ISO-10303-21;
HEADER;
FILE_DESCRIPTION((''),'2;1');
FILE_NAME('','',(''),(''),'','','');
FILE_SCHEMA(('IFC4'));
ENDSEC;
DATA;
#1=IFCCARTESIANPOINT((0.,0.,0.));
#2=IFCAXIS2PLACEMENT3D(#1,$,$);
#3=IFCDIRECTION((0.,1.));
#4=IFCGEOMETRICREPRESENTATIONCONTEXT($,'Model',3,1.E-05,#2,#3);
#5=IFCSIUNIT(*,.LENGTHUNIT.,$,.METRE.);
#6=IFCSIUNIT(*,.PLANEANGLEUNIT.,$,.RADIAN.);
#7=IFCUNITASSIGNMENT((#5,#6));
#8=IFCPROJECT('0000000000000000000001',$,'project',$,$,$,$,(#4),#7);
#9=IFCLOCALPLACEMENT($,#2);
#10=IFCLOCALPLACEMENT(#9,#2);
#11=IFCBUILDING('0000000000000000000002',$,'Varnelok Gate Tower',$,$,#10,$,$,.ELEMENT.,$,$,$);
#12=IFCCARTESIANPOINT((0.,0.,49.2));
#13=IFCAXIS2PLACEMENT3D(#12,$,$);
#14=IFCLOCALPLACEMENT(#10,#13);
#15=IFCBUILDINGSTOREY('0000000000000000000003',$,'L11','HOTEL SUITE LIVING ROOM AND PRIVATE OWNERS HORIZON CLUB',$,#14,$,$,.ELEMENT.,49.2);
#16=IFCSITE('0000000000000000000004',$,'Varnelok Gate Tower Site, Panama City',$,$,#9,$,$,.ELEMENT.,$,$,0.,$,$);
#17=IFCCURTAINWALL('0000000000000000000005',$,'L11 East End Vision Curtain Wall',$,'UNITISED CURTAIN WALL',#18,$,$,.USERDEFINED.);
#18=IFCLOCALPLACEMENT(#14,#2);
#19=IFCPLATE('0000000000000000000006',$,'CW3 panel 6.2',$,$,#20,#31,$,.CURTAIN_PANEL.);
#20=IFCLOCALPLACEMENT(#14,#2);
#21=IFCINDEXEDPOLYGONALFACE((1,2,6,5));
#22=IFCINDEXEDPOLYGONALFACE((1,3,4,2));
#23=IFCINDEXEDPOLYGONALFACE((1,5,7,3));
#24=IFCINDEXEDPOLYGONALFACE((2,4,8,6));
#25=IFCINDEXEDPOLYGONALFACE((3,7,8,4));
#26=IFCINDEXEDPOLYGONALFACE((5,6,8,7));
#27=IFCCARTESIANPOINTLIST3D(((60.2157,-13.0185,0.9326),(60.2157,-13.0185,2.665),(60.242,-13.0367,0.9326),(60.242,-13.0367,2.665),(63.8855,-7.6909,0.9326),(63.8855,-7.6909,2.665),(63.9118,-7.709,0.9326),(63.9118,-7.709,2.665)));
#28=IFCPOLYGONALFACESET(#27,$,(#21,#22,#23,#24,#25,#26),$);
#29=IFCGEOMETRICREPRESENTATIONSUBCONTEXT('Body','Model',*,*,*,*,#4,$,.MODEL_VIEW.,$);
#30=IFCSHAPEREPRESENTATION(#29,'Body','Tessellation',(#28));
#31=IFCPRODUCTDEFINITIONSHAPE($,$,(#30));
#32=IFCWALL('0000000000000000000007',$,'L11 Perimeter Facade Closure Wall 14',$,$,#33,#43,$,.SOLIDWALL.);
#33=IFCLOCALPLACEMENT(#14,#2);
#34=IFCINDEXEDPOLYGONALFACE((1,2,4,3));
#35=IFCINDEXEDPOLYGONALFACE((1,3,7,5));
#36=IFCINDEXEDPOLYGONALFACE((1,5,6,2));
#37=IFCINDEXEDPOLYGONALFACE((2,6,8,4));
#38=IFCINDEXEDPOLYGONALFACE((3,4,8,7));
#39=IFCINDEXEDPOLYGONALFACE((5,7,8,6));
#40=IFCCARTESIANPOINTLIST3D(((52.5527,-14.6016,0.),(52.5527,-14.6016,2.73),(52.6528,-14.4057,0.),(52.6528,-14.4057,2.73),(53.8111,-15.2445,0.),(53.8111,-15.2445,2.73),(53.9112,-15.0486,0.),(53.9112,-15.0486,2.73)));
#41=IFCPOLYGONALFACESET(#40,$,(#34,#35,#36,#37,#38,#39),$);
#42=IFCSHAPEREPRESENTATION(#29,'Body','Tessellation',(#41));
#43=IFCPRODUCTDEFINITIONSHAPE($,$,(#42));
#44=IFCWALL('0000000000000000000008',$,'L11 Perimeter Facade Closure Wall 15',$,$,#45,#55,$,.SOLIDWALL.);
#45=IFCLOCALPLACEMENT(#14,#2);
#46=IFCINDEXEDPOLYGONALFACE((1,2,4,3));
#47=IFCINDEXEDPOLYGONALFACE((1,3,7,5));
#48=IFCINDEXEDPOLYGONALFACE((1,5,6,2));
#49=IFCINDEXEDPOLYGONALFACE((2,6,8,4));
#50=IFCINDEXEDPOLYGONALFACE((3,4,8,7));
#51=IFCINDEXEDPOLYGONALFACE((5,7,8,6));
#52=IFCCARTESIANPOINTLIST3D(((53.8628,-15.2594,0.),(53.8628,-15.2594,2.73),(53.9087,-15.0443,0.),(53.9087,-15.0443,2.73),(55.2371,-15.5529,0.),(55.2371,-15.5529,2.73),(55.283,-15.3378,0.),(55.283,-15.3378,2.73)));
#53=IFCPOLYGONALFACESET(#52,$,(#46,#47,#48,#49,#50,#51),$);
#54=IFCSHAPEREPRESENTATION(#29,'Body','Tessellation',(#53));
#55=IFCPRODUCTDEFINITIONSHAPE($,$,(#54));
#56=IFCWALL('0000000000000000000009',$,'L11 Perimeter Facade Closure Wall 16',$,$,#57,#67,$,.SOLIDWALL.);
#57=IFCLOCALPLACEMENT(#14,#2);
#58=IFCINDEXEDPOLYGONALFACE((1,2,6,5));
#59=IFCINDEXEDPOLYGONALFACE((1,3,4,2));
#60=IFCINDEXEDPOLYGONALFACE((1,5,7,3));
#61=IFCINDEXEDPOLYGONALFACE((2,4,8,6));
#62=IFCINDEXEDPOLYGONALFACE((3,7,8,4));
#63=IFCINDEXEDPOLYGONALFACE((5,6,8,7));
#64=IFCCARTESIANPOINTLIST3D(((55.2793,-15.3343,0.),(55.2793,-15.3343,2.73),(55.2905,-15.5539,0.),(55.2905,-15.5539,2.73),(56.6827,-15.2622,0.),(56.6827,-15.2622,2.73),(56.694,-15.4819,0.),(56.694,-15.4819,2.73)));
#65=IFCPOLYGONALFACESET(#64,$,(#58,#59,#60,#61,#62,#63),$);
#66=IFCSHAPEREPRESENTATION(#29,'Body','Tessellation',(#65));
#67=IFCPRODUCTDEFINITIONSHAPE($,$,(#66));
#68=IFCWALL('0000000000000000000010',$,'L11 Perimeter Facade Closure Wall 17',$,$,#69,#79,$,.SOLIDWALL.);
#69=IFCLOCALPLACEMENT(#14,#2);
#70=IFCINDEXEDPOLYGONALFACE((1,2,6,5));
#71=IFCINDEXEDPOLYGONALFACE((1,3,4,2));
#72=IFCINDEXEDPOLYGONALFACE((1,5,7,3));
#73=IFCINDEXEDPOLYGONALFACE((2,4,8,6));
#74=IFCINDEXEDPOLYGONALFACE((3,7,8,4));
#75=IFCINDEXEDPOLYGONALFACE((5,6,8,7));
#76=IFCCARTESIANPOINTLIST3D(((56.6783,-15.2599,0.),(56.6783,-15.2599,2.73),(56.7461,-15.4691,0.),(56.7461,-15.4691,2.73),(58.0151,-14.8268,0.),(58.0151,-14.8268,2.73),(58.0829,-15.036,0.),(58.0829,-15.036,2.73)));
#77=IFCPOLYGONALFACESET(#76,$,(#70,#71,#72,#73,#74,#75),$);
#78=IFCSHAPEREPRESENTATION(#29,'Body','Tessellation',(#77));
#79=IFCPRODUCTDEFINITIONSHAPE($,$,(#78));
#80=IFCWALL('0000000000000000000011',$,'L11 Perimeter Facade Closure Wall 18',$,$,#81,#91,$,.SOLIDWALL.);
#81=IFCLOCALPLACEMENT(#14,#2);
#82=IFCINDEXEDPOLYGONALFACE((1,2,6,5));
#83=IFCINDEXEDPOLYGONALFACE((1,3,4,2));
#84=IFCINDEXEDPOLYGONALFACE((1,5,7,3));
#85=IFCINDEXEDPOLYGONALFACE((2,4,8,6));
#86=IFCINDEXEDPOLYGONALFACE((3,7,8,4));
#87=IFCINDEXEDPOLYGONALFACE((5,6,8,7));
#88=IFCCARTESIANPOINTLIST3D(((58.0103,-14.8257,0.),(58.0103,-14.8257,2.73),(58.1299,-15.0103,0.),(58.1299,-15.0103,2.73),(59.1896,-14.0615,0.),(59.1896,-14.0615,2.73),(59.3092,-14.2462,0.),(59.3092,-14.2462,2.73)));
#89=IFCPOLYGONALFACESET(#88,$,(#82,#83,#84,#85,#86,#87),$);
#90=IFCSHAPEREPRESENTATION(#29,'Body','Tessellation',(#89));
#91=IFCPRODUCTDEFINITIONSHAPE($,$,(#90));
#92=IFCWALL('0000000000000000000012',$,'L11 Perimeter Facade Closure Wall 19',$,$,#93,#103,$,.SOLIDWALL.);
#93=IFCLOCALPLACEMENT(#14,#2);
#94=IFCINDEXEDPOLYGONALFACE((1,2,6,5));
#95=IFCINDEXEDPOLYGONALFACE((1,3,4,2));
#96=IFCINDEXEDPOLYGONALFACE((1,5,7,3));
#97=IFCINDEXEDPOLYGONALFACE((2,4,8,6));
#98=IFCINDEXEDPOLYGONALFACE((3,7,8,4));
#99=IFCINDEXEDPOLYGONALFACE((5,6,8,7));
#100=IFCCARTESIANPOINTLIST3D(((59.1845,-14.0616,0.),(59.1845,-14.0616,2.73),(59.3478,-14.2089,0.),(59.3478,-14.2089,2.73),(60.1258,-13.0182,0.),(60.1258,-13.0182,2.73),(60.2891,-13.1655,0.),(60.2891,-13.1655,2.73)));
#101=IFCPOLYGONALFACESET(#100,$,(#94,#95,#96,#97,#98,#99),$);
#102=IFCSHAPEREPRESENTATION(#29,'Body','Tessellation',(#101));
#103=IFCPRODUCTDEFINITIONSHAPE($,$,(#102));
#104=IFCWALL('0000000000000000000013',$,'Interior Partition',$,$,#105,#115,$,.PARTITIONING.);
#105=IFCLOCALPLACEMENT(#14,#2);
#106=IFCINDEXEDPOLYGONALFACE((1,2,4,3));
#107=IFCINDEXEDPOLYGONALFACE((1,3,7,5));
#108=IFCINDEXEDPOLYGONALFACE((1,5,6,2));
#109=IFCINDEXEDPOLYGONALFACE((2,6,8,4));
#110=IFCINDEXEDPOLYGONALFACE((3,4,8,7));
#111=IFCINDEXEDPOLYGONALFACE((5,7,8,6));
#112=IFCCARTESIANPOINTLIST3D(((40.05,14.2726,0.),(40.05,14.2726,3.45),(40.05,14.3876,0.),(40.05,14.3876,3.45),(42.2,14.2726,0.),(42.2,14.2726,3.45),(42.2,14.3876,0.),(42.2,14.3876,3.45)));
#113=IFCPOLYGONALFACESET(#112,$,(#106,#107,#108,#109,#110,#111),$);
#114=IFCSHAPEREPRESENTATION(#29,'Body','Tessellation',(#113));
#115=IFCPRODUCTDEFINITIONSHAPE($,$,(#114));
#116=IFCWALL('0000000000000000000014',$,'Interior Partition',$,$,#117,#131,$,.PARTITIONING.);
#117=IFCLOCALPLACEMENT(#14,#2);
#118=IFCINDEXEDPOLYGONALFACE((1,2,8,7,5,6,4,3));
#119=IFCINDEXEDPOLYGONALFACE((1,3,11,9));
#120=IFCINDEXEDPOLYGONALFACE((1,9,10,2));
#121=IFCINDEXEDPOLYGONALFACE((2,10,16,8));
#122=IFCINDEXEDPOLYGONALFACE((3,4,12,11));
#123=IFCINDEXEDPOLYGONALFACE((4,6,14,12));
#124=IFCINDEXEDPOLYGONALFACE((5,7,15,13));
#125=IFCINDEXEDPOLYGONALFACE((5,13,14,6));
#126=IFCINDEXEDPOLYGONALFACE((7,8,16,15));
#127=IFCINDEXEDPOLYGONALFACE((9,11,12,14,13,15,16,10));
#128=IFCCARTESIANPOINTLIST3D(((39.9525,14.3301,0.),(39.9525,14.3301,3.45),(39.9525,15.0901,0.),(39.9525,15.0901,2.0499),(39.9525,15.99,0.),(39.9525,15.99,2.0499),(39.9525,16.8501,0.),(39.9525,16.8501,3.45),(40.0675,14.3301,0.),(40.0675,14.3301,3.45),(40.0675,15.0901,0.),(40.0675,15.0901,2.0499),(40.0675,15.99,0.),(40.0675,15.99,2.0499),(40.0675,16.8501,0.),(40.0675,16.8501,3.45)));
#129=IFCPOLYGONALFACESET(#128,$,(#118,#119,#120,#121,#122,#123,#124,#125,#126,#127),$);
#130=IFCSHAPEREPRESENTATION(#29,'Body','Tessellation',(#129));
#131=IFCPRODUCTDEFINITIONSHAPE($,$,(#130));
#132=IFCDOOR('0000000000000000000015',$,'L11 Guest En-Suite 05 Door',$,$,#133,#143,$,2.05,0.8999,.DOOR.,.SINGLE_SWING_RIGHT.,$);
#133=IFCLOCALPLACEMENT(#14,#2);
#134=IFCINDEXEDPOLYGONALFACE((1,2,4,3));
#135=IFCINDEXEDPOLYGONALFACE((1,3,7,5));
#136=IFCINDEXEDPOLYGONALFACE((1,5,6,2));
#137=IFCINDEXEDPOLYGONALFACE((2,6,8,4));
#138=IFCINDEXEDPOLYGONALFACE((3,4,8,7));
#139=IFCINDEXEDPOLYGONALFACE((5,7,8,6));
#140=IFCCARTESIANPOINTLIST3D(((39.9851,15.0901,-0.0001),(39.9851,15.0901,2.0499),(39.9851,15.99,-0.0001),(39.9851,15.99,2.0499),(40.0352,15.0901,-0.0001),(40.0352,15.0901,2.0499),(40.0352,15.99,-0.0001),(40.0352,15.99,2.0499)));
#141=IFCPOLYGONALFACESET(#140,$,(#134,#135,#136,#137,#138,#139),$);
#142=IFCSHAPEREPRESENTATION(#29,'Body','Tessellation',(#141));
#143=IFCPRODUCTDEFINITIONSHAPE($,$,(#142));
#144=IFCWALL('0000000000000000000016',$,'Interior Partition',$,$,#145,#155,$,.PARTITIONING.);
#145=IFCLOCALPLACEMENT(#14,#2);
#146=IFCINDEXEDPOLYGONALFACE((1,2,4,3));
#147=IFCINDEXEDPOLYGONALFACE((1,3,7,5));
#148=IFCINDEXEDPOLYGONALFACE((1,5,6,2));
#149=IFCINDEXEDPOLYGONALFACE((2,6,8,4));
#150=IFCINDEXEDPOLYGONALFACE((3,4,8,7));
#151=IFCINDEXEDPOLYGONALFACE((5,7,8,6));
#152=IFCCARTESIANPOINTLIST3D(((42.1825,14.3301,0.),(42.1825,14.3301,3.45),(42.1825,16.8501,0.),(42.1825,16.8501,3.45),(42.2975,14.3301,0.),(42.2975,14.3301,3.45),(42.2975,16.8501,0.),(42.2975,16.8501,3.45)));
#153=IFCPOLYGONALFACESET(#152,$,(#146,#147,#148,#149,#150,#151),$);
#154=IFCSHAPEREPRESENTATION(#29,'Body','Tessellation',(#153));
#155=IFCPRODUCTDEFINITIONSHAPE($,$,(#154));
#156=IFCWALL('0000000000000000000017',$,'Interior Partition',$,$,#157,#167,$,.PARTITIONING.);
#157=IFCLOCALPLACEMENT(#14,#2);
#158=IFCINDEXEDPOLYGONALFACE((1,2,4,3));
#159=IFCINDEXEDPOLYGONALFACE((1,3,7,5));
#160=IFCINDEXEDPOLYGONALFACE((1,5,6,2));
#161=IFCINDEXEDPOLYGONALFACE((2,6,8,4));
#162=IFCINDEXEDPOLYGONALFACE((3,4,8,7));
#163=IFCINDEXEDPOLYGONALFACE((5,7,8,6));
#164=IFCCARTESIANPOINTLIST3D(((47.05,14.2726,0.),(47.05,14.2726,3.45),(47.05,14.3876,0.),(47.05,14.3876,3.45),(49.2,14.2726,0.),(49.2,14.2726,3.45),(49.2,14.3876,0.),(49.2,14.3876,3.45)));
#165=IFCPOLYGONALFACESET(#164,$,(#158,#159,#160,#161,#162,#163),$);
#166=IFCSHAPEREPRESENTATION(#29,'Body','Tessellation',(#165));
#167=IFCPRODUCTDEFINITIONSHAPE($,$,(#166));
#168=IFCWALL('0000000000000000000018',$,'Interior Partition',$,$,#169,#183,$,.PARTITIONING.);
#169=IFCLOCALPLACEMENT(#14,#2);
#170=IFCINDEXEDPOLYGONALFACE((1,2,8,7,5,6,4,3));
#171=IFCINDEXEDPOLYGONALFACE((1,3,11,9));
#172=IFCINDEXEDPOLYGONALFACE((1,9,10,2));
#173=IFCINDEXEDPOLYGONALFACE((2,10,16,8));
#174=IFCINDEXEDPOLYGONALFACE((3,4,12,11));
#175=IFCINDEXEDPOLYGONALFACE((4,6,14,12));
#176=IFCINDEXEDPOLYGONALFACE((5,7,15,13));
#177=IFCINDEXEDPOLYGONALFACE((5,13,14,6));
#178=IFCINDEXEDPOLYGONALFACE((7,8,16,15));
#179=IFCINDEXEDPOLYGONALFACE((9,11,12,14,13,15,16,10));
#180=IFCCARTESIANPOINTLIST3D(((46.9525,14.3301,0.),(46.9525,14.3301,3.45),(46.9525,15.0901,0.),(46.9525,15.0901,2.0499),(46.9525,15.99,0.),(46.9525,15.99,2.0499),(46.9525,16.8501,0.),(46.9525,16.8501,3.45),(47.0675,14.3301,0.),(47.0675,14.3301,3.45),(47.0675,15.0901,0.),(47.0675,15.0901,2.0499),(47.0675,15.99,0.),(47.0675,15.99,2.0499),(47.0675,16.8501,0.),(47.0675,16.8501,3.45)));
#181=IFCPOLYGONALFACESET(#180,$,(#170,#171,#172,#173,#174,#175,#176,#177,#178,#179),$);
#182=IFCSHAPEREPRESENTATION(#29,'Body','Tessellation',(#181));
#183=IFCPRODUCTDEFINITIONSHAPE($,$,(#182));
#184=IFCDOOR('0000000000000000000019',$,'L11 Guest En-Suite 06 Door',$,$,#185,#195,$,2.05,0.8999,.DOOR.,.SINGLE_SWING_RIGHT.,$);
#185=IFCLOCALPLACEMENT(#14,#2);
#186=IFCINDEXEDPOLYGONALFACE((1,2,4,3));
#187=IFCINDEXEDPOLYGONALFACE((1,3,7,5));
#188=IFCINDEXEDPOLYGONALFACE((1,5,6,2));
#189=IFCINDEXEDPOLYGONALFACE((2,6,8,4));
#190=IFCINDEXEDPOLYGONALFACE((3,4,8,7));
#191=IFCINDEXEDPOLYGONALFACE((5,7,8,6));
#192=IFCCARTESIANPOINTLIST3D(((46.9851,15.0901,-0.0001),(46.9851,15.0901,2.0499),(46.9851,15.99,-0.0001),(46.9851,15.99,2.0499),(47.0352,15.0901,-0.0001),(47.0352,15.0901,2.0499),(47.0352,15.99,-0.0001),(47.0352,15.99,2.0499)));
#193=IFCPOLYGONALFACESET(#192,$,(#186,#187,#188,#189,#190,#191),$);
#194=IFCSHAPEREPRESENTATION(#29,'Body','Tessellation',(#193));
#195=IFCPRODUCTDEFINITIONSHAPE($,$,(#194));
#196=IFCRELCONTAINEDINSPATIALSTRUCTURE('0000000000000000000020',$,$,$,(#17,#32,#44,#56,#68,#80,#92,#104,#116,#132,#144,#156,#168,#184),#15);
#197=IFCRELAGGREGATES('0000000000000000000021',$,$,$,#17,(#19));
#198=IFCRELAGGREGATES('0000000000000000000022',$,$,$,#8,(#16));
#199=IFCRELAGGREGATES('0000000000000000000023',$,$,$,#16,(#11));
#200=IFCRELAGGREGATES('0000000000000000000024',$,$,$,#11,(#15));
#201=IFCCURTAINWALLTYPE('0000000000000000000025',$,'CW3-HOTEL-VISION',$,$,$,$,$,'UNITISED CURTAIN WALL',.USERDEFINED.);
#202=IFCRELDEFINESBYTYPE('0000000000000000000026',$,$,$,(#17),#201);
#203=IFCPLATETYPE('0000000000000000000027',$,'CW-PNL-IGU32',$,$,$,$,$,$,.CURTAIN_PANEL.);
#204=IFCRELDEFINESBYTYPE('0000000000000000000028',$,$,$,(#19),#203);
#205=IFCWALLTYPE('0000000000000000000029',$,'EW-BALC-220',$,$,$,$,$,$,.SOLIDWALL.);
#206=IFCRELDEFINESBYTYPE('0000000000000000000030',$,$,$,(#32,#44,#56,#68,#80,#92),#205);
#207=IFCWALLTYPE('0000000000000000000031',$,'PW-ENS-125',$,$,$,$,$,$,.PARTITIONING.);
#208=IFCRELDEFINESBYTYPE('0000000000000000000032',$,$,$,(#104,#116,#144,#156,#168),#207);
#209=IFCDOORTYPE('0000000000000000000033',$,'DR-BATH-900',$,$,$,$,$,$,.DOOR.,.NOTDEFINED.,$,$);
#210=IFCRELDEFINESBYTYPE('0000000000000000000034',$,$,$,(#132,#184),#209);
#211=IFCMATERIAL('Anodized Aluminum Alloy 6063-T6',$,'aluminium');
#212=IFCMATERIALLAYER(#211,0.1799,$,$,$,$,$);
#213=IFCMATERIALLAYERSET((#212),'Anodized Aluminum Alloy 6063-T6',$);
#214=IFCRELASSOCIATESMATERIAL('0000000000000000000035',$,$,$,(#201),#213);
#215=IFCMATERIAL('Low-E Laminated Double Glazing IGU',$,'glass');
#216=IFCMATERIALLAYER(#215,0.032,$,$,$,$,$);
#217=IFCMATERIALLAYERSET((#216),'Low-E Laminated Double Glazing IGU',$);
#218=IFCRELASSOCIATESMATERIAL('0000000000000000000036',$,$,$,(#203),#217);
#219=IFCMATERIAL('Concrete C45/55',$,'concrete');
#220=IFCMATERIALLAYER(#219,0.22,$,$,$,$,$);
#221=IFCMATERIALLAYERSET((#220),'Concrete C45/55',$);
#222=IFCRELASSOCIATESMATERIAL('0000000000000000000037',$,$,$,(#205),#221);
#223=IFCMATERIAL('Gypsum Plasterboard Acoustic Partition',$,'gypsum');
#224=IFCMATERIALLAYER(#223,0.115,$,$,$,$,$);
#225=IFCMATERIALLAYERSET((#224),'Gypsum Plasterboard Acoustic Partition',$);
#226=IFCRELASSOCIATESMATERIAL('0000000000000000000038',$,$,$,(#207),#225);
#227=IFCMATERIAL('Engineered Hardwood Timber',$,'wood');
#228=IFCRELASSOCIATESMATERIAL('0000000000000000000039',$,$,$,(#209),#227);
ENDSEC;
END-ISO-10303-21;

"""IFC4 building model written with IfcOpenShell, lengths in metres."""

from ifc_helpers import new_model, si_unit, direction, frame, frame_2d, origin, origin_2d, place, context, subcontext, project, spatial, rectangle, extrude, source, transform, mapped, material, layer, layer_set, type_object, element, fill, aggregate, save


model = new_model("IFC4")

# Units and contexts
model_context = context("Model", 3, precision=1e-05, world=origin(), true_north=direction((0.0, 1.0)))
body_context = subcontext(model_context, "Body", "Model", "MODEL_VIEW")
ifc_project = project(units=[si_unit("LENGTHUNIT", "METRE"), si_unit("PLANEANGLEUNIT", "RADIAN")], contexts=[model_context])

# Site, building, storey
site_placement = place(None, origin())
site = spatial("IfcSite", under=ifc_project, at=site_placement, Name="Varnelok Gate Tower Site, Panama City", CompositionType="ELEMENT", RefElevation=0.0)
building_placement = place(site_placement, origin())
building = spatial("IfcBuilding", under=site, at=building_placement, Name="Varnelok Gate Tower", CompositionType="ELEMENT")
storey_placement = place(building_placement, frame((0.0, 0.0, 49.2)))
storey = spatial("IfcBuildingStorey", under=building, at=storey_placement, Name="L11", Description="HOTEL SUITE LIVING ROOM AND PRIVATE OWNERS HORIZON CLUB", CompositionType="ELEMENT", Elevation=49.2)

# Curtain wall, plate
ifc_material_1 = material(Name="Anodized Aluminum Alloy 6063-T6", Category="aluminium")
ifc_layer_1 = layer(ifc_material_1, 0.1799)
ifc_layer_set_1 = layer_set([ifc_layer_1], Name="Anodized Aluminum Alloy 6063-T6")
curtain_wall_type = type_object("IfcCurtainWallType", Name="CW3-HOTEL-VISION", ElementType="UNITISED CURTAIN WALL", PredefinedType="USERDEFINED", material=ifc_layer_set_1)
curtain_wall_placement = place(storey_placement, origin())
curtain_wall = element("IfcCurtainWall", 1, at=curtain_wall_placement, inside=storey, type_object=curtain_wall_type, Name="L11 East End Vision Curtain Wall", ObjectType="UNITISED CURTAIN WALL", PredefinedType="USERDEFINED")
ifc_material_2 = material(Name="Low-E Laminated Double Glazing IGU", Category="glass")
ifc_layer_2 = layer(ifc_material_2, 0.032)
ifc_layer_set_2 = layer_set([ifc_layer_2], Name="Low-E Laminated Double Glazing IGU")
plate_type = type_object("IfcPlateType", Name="CW-PNL-IGU32", PredefinedType="CURTAIN_PANEL", material=ifc_layer_set_2)
shared_shape_1 = source(origin(), body_context, "Body", "SweptSolid", [
    extrude(rectangle(XDim=6.4692, YDim=0.032, at=origin_2d()), origin(), (0.0, 0.0, 1.0), 1.7324),
])
plate_1_placement = place(storey_placement, frame((62.0637, -10.3638, 0.9326), z_axis=(0.0, 0.0, 1.0), x_axis=(-0.567269, -0.823533, 0.0)))
plate_1 = element("IfcPlate", 2, at=plate_1_placement, type_object=plate_type, Name="CW3 panel 6.2", PredefinedType="CURTAIN_PANEL", context=body_context, shape_type="MappedRepresentation", body=[
    mapped(shared_shape_1, transform((0.0, 0.0, 0.0), scale=1.0)),
])
aggregate(curtain_wall, [plate_1])

# Walls
ifc_material_3 = material(Name="Concrete C45/55", Category="concrete")
ifc_layer_3 = layer(ifc_material_3, 0.22)
ifc_layer_set_3 = layer_set([ifc_layer_3], Name="Concrete C45/55")
wall_type_1 = type_object("IfcWallType", Name="EW-BALC-220", PredefinedType="SOLIDWALL", material=ifc_layer_set_3)
wall_1_placement = place(storey_placement, frame((52.6028, -14.5037, 0.0), z_axis=(0.0, 0.0, 1.0), x_axis=(0.890523, -0.454938, 0.0)))
element("IfcWall", 3, at=wall_1_placement, inside=storey, type_object=wall_type_1, Name="L11 Perimeter Facade Closure Wall 14", PredefinedType="SOLIDWALL", context=body_context, shape_type="SweptSolid", body=[
    extrude(rectangle(XDim=1.4131, YDim=0.22, at=frame_2d((0.7065, 0.0))), origin(), (0.0, 0.0, 1.0), 2.73),
])
for number, where, z_axis, x_axis, name in (
    (4, (53.8857, -15.1519, 0.0), (0.0, 0.0, 1.0), (0.977952, -0.208829, 0.0), "L11 Perimeter Facade Closure Wall 15"),
    (5, (55.2849, -15.4441, 0.0), (0.0, 0.0, 1.0), (0.998686, 0.051255, 0.0), "L11 Perimeter Facade Closure Wall 16"),
    (6, (56.7122, -15.3645, 0.0), (0.0, 0.0, 1.0), (0.951325, 0.30819, 0.0), "L11 Perimeter Facade Closure Wall 17"),
    (7, (58.0701, -14.918, 0.0), (0.0, 0.0, 1.0), (0.839248, 0.543748, 0.0), "L11 Perimeter Facade Closure Wall 18"),
    (8, (59.2661, -14.1353, 0.0), (0.0, 0.0, 1.0), (0.669866, 0.742482, 0.0), "L11 Perimeter Facade Closure Wall 19"),
):
    element("IfcWall", number, at=place(storey_placement, frame(where, z_axis=z_axis, x_axis=x_axis)), inside=storey, type_object=wall_type_1, Name=name, PredefinedType="SOLIDWALL", context=body_context, shape_type="SweptSolid", body=[
        extrude(rectangle(XDim=1.4053, YDim=0.22, at=frame_2d((0.7026, 0.0))), origin(), (0.0, 0.0, 1.0), 2.73),
    ])
ifc_material_4 = material(Name="Gypsum Plasterboard Acoustic Partition", Category="gypsum")
ifc_layer_4 = layer(ifc_material_4, 0.115)
ifc_layer_set_4 = layer_set([ifc_layer_4], Name="Gypsum Plasterboard Acoustic Partition")
wall_type_2 = type_object("IfcWallType", Name="PW-ENS-125", PredefinedType="PARTITIONING", material=ifc_layer_set_4)
wall_2_placement = place(storey_placement, frame((40.05, 14.3301, 0.0), z_axis=(0.0, 0.0, 1.0), x_axis=(1.0, 0.0, 0.0)))
element("IfcWall", 9, at=wall_2_placement, inside=storey, type_object=wall_type_2, Name="Interior Partition", PredefinedType="PARTITIONING", context=body_context, shape_type="SweptSolid", body=[
    extrude(rectangle(XDim=2.1499, YDim=0.115, at=frame_2d((1.075, 0.0))), origin(), (0.0, 0.0, 1.0), 3.45),
])

# Wall, opening, door
wall_3_placement = place(storey_placement, frame((40.01, 14.3301, 0.0), z_axis=(0.0, 0.0, 1.0), x_axis=(0.0, 1.0, 0.0)))
wall_3 = element("IfcWall", 10, at=wall_3_placement, inside=storey, type_object=wall_type_2, Name="Interior Partition", PredefinedType="PARTITIONING", context=body_context, shape_type="SweptSolid", body=[
    extrude(rectangle(XDim=2.52, YDim=0.115, at=frame_2d((1.26, 0.0))), origin(), (0.0, 0.0, 1.0), 3.45),
])
opening_1_placement = place(wall_3_placement, frame((0.76, 0.0, 0.0)))
opening_1 = element("IfcOpeningElement", 11, at=opening_1_placement, cuts=wall_3, PredefinedType="OPENING", context=body_context, shape_type="SweptSolid", body=[
    extrude(rectangle(XDim=0.8999, YDim=2.05, at=frame_2d((0.45, 1.0249))), frame((0.0, 0.0674, 0.0), z_axis=(0.0, -1.0, 0.0), x_axis=(1.0, 0.0, 0.0)), (0.0, 0.0, 1.0), 0.135),
])
ifc_material_5 = material(Name="Engineered Hardwood Timber", Category="wood")
door_type = type_object("IfcDoorType", Name="DR-BATH-900", OperationType="NOTDEFINED", PredefinedType="DOOR", material=ifc_material_5)
door_1_placement = place(opening_1_placement, origin())
door_1 = element("IfcDoor", 12, at=door_1_placement, inside=storey, type_object=door_type, Name="L11 Guest En-Suite 05 Door", OperationType="SINGLE_SWING_RIGHT", OverallHeight=2.05, OverallWidth=0.8999, PredefinedType="DOOR", context=body_context, shape_type="SweptSolid", body=[
    extrude(rectangle(XDim=0.8999, YDim=2.05, at=frame_2d((0.45, 1.0249))), frame((0.0, 0.0249, 0.0), z_axis=(0.0, -1.0, 0.0), x_axis=(1.0, 0.0, 0.0)), (0.0, 0.0, 1.0), 0.05),
])
fill(opening_1, door_1)

# Walls
wall_4_placement = place(storey_placement, frame((42.24, 14.3301, 0.0), z_axis=(0.0, 0.0, 1.0), x_axis=(0.0, 1.0, 0.0)))
element("IfcWall", 13, at=wall_4_placement, inside=storey, type_object=wall_type_2, Name="Interior Partition", PredefinedType="PARTITIONING", context=body_context, shape_type="SweptSolid", body=[
    extrude(rectangle(XDim=2.52, YDim=0.115, at=frame_2d((1.26, 0.0))), origin(), (0.0, 0.0, 1.0), 3.45),
])
wall_5_placement = place(storey_placement, frame((47.05, 14.3301, 0.0), z_axis=(0.0, 0.0, 1.0), x_axis=(1.0, 0.0, 0.0)))
element("IfcWall", 14, at=wall_5_placement, inside=storey, type_object=wall_type_2, Name="Interior Partition", PredefinedType="PARTITIONING", context=body_context, shape_type="SweptSolid", body=[
    extrude(rectangle(XDim=2.1499, YDim=0.115, at=frame_2d((1.075, 0.0))), origin(), (0.0, 0.0, 1.0), 3.45),
])

# Wall, opening, door
wall_6_placement = place(storey_placement, frame((47.01, 14.3301, 0.0), z_axis=(0.0, 0.0, 1.0), x_axis=(0.0, 1.0, 0.0)))
wall_6 = element("IfcWall", 15, at=wall_6_placement, inside=storey, type_object=wall_type_2, Name="Interior Partition", PredefinedType="PARTITIONING", context=body_context, shape_type="SweptSolid", body=[
    extrude(rectangle(XDim=2.52, YDim=0.115, at=frame_2d((1.26, 0.0))), origin(), (0.0, 0.0, 1.0), 3.45),
])
opening_2_placement = place(wall_6_placement, frame((0.76, 0.0, 0.0)))
opening_2 = element("IfcOpeningElement", 16, at=opening_2_placement, cuts=wall_6, PredefinedType="OPENING", context=body_context, shape_type="SweptSolid", body=[
    extrude(rectangle(XDim=0.8999, YDim=2.05, at=frame_2d((0.45, 1.0249))), frame((0.0, 0.0674, 0.0), z_axis=(0.0, -1.0, 0.0), x_axis=(1.0, 0.0, 0.0)), (0.0, 0.0, 1.0), 0.135),
])
door_2_placement = place(opening_2_placement, origin())
door_2 = element("IfcDoor", 17, at=door_2_placement, inside=storey, type_object=door_type, Name="L11 Guest En-Suite 06 Door", OperationType="SINGLE_SWING_RIGHT", OverallHeight=2.05, OverallWidth=0.8999, PredefinedType="DOOR", context=body_context, shape_type="SweptSolid", body=[
    extrude(rectangle(XDim=0.8999, YDim=2.05, at=frame_2d((0.45, 1.0249))), frame((0.0, 0.0249, 0.0), z_axis=(0.0, -1.0, 0.0), x_axis=(1.0, 0.0, 0.0)), (0.0, 0.0, 1.0), 0.05),
])
fill(opening_2, door_2)

save(model, "model.ifc")
